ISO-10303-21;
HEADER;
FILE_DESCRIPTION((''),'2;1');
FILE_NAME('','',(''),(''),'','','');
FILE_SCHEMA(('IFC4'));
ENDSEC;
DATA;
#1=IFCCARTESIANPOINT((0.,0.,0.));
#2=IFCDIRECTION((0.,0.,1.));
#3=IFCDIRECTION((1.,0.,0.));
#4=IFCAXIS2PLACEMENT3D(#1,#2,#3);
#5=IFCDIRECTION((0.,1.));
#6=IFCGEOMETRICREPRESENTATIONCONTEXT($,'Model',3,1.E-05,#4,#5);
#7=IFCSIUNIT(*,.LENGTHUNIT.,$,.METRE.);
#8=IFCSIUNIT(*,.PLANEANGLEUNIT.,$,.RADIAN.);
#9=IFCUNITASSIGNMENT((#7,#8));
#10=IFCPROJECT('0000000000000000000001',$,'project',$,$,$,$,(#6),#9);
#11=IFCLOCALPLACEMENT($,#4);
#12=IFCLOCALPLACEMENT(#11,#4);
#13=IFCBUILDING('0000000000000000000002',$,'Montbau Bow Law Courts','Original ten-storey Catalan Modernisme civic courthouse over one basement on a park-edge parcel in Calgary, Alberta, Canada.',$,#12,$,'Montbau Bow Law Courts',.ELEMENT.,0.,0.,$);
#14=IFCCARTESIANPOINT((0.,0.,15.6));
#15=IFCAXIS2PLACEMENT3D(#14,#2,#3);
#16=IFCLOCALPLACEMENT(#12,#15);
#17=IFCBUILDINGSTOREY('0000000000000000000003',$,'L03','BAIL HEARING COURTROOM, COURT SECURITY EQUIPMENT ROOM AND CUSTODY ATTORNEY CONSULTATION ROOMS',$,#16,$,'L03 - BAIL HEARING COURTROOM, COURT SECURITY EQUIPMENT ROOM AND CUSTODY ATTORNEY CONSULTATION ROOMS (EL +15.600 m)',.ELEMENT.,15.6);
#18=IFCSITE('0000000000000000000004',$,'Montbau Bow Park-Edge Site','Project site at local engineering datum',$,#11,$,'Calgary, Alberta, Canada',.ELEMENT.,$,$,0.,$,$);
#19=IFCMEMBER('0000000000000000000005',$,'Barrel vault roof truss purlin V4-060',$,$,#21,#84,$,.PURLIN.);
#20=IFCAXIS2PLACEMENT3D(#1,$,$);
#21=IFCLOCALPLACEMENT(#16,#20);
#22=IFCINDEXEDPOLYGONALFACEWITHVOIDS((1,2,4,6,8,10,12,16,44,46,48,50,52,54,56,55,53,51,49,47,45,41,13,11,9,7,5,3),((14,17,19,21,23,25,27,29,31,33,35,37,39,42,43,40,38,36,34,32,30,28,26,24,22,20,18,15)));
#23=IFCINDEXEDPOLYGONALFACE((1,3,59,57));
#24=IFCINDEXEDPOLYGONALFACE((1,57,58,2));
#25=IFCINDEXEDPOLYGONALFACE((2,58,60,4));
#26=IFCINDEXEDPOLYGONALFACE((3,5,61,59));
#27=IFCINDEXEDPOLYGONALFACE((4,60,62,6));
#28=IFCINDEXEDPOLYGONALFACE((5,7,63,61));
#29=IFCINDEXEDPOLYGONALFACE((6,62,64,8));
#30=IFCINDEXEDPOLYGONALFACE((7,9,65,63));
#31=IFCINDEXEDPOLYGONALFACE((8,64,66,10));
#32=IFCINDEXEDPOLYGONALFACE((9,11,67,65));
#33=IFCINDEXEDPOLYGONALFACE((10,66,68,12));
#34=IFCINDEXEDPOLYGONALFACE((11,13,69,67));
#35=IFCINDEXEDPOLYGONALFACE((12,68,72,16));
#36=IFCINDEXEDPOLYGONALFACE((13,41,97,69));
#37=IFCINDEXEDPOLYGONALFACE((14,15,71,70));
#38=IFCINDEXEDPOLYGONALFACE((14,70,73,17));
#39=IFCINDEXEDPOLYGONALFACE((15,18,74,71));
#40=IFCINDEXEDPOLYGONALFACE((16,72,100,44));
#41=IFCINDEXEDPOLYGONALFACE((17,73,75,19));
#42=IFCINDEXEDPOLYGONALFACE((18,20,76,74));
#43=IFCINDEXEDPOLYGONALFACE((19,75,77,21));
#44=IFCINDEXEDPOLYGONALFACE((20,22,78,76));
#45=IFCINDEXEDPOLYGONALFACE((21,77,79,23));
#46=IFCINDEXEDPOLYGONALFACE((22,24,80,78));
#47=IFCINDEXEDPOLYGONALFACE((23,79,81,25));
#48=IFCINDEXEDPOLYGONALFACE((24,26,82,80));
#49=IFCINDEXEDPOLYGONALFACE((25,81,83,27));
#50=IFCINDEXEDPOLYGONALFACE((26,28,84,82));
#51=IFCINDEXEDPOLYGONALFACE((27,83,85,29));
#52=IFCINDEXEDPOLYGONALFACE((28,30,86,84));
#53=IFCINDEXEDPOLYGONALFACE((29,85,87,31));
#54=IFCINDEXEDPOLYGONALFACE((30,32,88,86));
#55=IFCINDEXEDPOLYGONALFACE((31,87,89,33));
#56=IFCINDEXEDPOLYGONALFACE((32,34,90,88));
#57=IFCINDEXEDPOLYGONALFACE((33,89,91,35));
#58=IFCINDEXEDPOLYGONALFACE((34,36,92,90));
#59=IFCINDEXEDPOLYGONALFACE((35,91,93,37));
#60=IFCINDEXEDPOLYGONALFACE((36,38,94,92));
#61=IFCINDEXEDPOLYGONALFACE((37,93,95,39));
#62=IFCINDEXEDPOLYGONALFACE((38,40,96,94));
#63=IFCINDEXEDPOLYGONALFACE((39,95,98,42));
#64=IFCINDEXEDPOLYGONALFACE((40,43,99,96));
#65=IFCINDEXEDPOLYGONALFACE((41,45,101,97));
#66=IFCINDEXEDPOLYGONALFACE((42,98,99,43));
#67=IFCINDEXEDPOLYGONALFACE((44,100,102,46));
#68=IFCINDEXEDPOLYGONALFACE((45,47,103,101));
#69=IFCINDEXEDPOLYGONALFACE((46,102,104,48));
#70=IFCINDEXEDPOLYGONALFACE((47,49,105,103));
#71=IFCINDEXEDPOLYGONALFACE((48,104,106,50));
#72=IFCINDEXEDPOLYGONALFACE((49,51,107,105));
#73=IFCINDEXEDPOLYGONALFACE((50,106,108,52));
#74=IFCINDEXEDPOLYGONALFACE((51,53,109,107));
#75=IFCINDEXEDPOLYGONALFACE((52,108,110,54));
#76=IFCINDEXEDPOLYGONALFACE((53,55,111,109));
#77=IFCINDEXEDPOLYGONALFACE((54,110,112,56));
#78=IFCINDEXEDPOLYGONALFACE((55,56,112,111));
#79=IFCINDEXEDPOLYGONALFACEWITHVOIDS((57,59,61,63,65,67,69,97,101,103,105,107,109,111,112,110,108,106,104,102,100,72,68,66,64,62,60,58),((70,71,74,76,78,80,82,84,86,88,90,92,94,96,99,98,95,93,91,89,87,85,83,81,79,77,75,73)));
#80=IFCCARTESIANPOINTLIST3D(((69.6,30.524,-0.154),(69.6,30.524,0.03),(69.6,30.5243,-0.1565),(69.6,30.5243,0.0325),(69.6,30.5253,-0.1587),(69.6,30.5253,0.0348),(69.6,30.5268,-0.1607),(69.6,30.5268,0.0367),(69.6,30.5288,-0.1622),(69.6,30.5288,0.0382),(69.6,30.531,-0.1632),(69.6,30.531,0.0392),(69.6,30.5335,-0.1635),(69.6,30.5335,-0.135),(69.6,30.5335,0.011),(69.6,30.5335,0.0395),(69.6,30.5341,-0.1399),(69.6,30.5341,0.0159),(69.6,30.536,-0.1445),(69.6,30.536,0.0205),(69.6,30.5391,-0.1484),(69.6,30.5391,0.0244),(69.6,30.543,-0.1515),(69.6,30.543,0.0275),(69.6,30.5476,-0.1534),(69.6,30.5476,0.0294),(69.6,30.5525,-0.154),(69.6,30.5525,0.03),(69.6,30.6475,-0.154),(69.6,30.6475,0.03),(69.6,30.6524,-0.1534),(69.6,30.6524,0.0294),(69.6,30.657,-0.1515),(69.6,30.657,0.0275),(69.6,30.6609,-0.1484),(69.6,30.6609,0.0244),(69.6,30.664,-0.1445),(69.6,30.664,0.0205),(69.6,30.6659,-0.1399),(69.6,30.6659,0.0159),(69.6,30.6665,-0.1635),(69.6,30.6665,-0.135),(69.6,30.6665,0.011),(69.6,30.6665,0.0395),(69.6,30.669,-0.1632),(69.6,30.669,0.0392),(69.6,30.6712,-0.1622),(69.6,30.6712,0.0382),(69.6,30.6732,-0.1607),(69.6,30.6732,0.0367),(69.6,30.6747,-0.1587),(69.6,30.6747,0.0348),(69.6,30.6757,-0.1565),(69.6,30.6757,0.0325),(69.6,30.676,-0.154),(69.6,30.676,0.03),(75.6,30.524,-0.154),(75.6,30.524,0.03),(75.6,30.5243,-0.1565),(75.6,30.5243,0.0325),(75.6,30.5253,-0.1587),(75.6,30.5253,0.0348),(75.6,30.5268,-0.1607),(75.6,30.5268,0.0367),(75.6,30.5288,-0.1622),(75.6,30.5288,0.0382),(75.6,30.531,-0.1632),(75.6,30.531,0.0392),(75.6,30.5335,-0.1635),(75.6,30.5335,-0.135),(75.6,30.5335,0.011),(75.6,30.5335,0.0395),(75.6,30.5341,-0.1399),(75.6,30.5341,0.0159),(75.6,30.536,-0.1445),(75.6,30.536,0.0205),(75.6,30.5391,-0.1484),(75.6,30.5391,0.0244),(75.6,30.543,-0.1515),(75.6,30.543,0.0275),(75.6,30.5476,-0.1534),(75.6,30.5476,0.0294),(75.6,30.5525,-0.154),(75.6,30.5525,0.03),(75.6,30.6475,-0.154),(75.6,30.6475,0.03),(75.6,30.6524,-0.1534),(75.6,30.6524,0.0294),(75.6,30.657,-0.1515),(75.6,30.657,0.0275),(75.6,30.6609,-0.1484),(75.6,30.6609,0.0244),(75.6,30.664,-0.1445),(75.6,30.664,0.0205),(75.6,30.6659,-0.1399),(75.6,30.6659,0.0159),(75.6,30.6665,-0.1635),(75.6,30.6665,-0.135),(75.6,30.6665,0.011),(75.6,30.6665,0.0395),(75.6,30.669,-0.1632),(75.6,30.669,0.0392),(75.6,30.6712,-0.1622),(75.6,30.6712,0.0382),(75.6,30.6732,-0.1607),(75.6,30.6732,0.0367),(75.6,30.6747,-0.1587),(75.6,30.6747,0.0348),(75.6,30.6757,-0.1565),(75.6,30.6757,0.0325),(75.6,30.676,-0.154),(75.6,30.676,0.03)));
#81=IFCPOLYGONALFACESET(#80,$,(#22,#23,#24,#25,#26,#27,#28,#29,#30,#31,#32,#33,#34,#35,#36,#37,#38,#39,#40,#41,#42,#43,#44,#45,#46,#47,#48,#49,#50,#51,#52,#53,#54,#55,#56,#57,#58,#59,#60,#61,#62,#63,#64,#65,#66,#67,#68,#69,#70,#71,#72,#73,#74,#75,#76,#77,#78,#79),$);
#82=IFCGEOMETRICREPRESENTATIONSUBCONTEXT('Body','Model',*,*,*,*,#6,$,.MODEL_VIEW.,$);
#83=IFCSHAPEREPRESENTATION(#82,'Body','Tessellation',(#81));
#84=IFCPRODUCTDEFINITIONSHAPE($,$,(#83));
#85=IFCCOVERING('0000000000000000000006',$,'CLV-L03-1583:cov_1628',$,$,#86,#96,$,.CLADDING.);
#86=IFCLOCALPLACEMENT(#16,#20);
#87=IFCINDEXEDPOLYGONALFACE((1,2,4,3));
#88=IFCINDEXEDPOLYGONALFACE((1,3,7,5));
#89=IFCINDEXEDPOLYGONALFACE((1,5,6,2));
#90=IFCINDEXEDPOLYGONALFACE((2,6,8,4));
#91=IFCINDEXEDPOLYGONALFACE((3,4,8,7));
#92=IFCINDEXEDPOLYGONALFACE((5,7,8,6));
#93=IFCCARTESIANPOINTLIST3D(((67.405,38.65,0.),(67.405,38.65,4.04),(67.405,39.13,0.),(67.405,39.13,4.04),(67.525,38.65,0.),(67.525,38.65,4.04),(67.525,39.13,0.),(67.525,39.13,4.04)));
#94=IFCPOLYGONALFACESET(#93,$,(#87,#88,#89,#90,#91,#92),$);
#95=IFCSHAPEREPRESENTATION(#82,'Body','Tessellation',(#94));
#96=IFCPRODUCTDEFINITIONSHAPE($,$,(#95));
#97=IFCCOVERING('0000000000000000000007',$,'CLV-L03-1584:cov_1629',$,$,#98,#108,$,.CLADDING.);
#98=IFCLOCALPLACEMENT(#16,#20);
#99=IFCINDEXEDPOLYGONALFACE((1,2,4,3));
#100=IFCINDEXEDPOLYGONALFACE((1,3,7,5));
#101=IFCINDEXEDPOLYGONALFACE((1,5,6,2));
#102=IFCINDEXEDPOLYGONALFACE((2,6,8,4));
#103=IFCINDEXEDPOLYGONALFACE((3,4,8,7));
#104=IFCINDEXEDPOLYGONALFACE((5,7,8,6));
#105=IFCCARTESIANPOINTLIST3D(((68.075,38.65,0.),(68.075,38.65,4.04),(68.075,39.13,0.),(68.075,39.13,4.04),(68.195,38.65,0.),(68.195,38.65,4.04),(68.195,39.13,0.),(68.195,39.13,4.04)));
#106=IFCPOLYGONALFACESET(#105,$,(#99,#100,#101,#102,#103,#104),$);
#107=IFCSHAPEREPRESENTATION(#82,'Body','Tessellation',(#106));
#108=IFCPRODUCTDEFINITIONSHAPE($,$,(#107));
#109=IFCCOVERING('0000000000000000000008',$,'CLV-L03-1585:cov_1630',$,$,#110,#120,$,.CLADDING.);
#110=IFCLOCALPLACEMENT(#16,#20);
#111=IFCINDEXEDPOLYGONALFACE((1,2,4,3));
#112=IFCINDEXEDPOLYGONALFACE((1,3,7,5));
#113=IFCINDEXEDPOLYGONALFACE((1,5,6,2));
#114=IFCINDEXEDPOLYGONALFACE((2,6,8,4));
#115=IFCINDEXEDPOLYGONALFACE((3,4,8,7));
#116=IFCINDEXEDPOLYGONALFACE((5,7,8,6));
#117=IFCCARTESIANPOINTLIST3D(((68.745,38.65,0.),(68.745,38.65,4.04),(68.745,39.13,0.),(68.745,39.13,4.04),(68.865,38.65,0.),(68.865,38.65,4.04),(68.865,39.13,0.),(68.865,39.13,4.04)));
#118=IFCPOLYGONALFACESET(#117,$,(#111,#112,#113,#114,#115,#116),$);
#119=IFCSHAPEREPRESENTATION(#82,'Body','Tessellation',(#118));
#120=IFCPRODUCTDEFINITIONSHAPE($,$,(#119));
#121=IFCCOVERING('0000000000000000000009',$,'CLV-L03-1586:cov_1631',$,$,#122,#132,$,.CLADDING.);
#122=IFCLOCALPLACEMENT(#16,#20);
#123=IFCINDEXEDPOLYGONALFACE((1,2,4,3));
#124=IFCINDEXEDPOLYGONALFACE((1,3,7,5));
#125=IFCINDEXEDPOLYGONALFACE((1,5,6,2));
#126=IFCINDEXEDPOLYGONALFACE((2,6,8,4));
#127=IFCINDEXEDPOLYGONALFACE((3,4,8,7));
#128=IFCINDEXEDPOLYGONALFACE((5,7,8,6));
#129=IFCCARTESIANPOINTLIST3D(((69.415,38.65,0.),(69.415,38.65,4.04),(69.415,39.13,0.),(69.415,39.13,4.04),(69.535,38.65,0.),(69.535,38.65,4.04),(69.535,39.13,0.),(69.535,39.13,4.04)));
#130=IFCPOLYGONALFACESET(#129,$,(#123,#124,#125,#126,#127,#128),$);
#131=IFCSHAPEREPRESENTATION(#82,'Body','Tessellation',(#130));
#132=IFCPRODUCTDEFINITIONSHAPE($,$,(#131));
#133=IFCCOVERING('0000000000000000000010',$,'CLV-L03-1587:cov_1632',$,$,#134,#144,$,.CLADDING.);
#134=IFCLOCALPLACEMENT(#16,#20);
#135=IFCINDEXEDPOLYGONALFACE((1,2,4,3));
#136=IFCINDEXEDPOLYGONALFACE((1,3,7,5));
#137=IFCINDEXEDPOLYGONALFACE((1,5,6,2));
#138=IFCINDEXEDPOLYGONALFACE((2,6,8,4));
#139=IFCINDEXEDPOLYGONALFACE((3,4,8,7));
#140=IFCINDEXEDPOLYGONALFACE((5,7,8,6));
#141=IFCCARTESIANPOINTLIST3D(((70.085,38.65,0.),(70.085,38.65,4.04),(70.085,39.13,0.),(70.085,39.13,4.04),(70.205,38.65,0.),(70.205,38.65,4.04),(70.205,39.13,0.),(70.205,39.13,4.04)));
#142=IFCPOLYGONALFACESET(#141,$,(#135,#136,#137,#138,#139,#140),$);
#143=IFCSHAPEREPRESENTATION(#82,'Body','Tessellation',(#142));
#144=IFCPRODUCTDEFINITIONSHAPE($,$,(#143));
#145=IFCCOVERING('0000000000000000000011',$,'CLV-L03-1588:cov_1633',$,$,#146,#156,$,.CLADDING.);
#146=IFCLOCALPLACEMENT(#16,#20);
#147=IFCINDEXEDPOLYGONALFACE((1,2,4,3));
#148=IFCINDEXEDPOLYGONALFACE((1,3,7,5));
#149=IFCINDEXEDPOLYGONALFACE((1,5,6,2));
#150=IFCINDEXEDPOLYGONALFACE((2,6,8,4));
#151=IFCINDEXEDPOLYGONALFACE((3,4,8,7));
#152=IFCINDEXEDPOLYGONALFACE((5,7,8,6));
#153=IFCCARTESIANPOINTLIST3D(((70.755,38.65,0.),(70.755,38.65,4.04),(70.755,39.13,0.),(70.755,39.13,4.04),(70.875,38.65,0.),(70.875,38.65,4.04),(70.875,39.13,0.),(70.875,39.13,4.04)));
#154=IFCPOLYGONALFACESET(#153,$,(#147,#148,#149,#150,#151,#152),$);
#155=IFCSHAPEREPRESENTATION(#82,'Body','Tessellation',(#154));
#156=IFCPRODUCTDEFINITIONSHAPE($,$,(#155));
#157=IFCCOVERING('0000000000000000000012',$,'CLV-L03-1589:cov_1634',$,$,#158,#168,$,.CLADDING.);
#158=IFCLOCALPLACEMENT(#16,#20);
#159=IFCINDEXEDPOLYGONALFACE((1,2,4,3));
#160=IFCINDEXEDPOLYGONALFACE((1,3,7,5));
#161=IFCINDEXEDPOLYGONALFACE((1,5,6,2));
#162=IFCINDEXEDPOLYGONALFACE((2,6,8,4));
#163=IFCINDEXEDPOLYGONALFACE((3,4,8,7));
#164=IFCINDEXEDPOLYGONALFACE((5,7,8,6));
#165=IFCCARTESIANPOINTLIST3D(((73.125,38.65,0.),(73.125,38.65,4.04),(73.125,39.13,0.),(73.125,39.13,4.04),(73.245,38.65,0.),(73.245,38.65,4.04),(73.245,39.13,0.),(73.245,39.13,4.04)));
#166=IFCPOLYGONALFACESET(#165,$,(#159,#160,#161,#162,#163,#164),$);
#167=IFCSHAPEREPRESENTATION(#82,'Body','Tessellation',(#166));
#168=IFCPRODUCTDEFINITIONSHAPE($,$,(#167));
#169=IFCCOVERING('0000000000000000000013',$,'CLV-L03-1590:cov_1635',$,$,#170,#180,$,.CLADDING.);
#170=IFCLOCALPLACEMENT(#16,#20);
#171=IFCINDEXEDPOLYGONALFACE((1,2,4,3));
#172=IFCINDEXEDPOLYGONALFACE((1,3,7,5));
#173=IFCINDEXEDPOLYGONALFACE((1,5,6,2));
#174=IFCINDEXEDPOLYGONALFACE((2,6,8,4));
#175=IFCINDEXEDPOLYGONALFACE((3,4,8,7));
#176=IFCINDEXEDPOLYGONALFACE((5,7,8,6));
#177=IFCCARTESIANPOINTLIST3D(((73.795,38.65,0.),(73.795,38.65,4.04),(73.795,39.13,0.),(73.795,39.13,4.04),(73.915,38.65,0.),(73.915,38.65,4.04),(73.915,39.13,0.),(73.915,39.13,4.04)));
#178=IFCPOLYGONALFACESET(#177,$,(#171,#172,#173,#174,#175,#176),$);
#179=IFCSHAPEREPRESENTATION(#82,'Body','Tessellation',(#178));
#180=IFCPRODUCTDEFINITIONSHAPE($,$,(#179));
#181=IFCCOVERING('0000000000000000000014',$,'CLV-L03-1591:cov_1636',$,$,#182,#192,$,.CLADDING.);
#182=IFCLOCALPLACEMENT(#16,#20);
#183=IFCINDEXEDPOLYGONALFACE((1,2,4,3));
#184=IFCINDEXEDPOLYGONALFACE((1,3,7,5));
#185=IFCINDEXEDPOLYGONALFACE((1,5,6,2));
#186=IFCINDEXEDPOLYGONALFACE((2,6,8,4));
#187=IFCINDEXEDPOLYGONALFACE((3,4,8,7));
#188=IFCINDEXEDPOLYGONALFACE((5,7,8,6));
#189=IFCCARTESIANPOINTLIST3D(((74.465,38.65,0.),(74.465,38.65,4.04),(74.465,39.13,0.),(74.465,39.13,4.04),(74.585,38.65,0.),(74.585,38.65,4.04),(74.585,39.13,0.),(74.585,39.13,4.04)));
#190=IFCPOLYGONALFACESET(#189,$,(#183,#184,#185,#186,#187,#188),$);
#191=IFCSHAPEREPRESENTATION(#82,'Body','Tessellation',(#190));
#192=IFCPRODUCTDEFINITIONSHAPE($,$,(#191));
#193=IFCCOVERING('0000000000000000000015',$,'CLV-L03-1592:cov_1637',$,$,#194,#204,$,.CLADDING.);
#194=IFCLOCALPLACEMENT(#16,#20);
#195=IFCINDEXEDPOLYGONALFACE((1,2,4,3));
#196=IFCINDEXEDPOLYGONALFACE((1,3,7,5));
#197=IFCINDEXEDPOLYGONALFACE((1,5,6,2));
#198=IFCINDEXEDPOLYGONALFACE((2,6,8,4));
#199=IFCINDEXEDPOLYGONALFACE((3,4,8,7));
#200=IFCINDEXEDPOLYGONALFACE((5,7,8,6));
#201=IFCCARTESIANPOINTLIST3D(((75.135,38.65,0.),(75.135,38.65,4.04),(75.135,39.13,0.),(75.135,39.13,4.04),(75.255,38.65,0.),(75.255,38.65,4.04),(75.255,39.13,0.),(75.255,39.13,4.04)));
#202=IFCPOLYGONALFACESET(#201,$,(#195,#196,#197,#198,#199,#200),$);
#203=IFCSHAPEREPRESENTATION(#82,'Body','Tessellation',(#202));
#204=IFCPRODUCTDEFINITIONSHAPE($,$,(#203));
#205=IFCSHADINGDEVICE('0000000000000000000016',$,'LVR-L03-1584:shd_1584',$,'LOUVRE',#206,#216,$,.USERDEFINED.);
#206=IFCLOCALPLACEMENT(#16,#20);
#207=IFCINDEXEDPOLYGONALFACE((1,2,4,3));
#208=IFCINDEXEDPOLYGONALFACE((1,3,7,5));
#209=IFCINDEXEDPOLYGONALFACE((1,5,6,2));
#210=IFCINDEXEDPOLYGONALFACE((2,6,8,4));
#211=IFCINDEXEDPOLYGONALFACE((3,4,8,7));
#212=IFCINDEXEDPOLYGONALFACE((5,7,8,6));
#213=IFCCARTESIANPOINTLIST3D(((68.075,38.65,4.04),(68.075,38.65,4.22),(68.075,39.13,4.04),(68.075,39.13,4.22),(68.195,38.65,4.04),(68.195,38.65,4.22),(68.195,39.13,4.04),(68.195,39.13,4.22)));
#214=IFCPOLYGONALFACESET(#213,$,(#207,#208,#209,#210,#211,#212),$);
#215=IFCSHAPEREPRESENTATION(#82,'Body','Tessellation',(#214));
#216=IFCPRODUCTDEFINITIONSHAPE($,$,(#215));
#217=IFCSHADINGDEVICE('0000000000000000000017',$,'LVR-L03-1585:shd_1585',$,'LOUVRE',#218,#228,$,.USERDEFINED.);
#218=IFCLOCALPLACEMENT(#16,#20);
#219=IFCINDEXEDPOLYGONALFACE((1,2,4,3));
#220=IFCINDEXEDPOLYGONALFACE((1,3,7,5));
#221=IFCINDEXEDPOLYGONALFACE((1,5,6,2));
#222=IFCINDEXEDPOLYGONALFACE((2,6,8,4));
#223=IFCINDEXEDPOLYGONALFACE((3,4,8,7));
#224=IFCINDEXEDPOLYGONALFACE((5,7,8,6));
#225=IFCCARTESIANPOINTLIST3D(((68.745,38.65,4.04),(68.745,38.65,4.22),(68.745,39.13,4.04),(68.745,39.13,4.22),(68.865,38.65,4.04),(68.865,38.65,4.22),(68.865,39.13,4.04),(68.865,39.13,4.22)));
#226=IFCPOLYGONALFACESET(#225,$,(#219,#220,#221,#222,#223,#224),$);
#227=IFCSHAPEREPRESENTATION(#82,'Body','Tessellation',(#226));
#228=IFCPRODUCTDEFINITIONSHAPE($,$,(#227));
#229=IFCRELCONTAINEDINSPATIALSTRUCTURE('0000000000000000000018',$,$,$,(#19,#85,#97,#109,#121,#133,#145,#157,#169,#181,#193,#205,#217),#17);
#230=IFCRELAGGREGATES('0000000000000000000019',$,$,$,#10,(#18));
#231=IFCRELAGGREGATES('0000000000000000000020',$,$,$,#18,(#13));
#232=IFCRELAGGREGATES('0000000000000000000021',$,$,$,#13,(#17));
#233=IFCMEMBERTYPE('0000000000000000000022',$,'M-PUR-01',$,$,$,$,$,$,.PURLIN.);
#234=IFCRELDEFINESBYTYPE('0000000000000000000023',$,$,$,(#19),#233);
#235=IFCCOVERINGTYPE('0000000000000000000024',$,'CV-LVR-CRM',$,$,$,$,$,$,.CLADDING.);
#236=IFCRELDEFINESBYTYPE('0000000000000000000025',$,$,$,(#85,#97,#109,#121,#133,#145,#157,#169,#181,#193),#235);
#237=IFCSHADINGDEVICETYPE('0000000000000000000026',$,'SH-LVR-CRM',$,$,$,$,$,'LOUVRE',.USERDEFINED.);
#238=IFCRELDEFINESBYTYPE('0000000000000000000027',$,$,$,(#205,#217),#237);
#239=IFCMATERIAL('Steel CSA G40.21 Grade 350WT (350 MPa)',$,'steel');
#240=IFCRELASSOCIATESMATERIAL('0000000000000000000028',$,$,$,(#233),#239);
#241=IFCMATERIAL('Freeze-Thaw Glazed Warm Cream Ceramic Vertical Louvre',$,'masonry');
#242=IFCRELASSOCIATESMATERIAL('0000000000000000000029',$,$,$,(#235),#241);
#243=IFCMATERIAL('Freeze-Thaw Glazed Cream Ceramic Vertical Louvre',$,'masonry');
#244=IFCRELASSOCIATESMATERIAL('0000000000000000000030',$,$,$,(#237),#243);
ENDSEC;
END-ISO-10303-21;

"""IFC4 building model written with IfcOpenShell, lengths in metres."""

from ifc_helpers import new_model, si_unit, direction, frame, frame_2d, origin_with_axes, origin_2d_with_axis, place, context, subcontext, project, spatial, rectangle, hollow_rectangle, extrude, material, material_profile, profile_set, type_object, element, save


model = new_model("IFC4")

# Units and contexts
model_context = context("Model", 3, precision=1e-05, world=origin_with_axes(), true_north=direction((0.0, 1.0)))
body_context = subcontext(model_context, "Body", "Model", "MODEL_VIEW")
ifc_project = project(units=[si_unit("LENGTHUNIT", "METRE"), si_unit("PLANEANGLEUNIT", "RADIAN")], contexts=[model_context])

# Site, building, storey
site_placement = place(None, origin_with_axes())
site = spatial("IfcSite", under=ifc_project, at=site_placement, Name="Montbau Bow Park-Edge Site", Description="Project site at local engineering datum", LongName="Calgary, Alberta, Canada", CompositionType="ELEMENT", RefElevation=0.0)
building_placement = place(site_placement, origin_with_axes())
building = spatial("IfcBuilding", under=site, at=building_placement, Name="Montbau Bow Law Courts", Description="Original ten-storey Catalan Modernisme civic courthouse over one basement on a park-edge parcel in Calgary, Alberta, Canada.", LongName="Montbau Bow Law Courts", CompositionType="ELEMENT", ElevationOfRefHeight=0.0, ElevationOfTerrain=0.0)
storey_placement = place(building_placement, frame((0.0, 0.0, 15.6), z_axis=(0.0, 0.0, 1.0), x_axis=(1.0, 0.0, 0.0)))
storey = spatial("IfcBuildingStorey", under=building, at=storey_placement, Name="L03", Description="BAIL HEARING COURTROOM, COURT SECURITY EQUIPMENT ROOM AND CUSTODY ATTORNEY CONSULTATION ROOMS", LongName="L03 - BAIL HEARING COURTROOM, COURT SECURITY EQUIPMENT ROOM AND CUSTODY ATTORNEY CONSULTATION ROOMS (EL +15.600 m)", CompositionType="ELEMENT", Elevation=15.6)

# Shared definitions
ifc_material_1 = material(Name="Steel CSA G40.21 Grade 350WT (350 MPa)", Category="steel")

# Member
ifc_material_profile_1 = material_profile(ifc_material_1, hollow_rectangle(XDim=0.152, YDim=0.203, WallThickness=0.0095, InnerFilletRadius=0.019, OuterFilletRadius=0.0095, at=origin_2d_with_axis()), Name="HSS203X152X9.5", Category="Main", Priority=0)
ifc_profile_set_1 = profile_set([ifc_material_profile_1], Name="Steel CSA G40.21 Grade 350WT (350 MPa)")
member_type = type_object("IfcMemberType", Name="M-PUR-01", PredefinedType="PURLIN", material=ifc_profile_set_1)
member_placement = place(None, frame((69.6, 30.6, 15.538), z_axis=(1.0, 0.0, 0.0), x_axis=(0.0, 1.0, 0.0)))
element("IfcMember", 1, at=member_placement, inside=storey, type_object=member_type, Name="Barrel vault roof truss purlin V4-060", PredefinedType="PURLIN", context=body_context, shape_type="SweptSolid", body=[
    extrude(hollow_rectangle(XDim=0.152, YDim=0.203, WallThickness=0.0095, InnerFilletRadius=0.019, OuterFilletRadius=0.0095, at=origin_2d_with_axis()), origin_with_axes(), (0.0, 0.0, 1.0), 6.0),
])

# Coverings
ifc_material_2 = material(Name="Freeze-Thaw Glazed Warm Cream Ceramic Vertical Louvre", Category="masonry")
covering_type = type_object("IfcCoveringType", Name="CV-LVR-CRM", PredefinedType="CLADDING", material=ifc_material_2)
for number, where, z_axis, x_axis, name in (
    (2, (67.465, 39.13, 15.6), (-1.0, 0.0, 0.0), (0.0, -1.0, 0.0), "CLV-L03-1583:cov_1628"),
    (3, (68.135, 39.13, 15.6), (-1.0, 0.0, 0.0), (0.0, -1.0, 0.0), "CLV-L03-1584:cov_1629"),
    (4, (68.805, 39.13, 15.6), (-1.0, 0.0, 0.0), (0.0, -1.0, 0.0), "CLV-L03-1585:cov_1630"),
    (5, (69.475, 39.13, 15.6), (-1.0, 0.0, 0.0), (0.0, -1.0, 0.0), "CLV-L03-1586:cov_1631"),
    (6, (70.145, 39.13, 15.6), (-1.0, 0.0, 0.0), (0.0, -1.0, 0.0), "CLV-L03-1587:cov_1632"),
    (7, (70.815, 39.13, 15.6), (-1.0, 0.0, 0.0), (0.0, -1.0, 0.0), "CLV-L03-1588:cov_1633"),
    (8, (73.185, 39.13, 15.6), (-1.0, 0.0, 0.0), (0.0, -1.0, 0.0), "CLV-L03-1589:cov_1634"),
    (9, (73.855, 39.13, 15.6), (-1.0, 0.0, 0.0), (0.0, -1.0, 0.0), "CLV-L03-1590:cov_1635"),
    (10, (74.525, 39.13, 15.6), (-1.0, 0.0, 0.0), (0.0, -1.0, 0.0), "CLV-L03-1591:cov_1636"),
    (11, (75.195, 39.13, 15.6), (-1.0, 0.0, 0.0), (0.0, -1.0, 0.0), "CLV-L03-1592:cov_1637"),
):
    element("IfcCovering", number, at=place(None, frame(where, z_axis=z_axis, x_axis=x_axis)), inside=storey, type_object=covering_type, Name=name, PredefinedType="CLADDING", context=body_context, shape_type="SweptSolid", body=[
        extrude(rectangle(XDim=0.48, YDim=4.04, at=frame_2d((0.24, 2.02), x_axis=(1.0, 0.0))), frame((0.0, 0.0, -0.06), z_axis=(0.0, 0.0, 1.0), x_axis=(1.0, 0.0, 0.0)), (0.0, 0.0, 1.0), 0.12),
    ])

# Shading devices
ifc_material_3 = material(Name="Freeze-Thaw Glazed Cream Ceramic Vertical Louvre", Category="masonry")
shading_device_type = type_object("IfcShadingDeviceType", Name="SH-LVR-CRM", ElementType="LOUVRE", PredefinedType="USERDEFINED", material=ifc_material_3)
for number, where, z_axis, x_axis, name in (
    (12, (68.135, 38.89, 19.64), (0.0, 0.0, 1.0), (0.0, -1.0, 0.0), "LVR-L03-1584:shd_1584"),
    (13, (68.805, 38.89, 19.64), (0.0, 0.0, 1.0), (0.0, -1.0, 0.0), "LVR-L03-1585:shd_1585"),
):
    element("IfcShadingDevice", number, at=place(None, frame(where, z_axis=z_axis, x_axis=x_axis)), inside=storey, type_object=shading_device_type, Name=name, ObjectType="LOUVRE", PredefinedType="USERDEFINED", context=body_context, shape_type="SweptSolid", body=[
        extrude(rectangle(XDim=0.48, YDim=0.12, at=origin_2d_with_axis()), origin_with_axes(), (0.0, 0.0, 1.0), 0.18),
    ])

save(model, "model.ifc")
